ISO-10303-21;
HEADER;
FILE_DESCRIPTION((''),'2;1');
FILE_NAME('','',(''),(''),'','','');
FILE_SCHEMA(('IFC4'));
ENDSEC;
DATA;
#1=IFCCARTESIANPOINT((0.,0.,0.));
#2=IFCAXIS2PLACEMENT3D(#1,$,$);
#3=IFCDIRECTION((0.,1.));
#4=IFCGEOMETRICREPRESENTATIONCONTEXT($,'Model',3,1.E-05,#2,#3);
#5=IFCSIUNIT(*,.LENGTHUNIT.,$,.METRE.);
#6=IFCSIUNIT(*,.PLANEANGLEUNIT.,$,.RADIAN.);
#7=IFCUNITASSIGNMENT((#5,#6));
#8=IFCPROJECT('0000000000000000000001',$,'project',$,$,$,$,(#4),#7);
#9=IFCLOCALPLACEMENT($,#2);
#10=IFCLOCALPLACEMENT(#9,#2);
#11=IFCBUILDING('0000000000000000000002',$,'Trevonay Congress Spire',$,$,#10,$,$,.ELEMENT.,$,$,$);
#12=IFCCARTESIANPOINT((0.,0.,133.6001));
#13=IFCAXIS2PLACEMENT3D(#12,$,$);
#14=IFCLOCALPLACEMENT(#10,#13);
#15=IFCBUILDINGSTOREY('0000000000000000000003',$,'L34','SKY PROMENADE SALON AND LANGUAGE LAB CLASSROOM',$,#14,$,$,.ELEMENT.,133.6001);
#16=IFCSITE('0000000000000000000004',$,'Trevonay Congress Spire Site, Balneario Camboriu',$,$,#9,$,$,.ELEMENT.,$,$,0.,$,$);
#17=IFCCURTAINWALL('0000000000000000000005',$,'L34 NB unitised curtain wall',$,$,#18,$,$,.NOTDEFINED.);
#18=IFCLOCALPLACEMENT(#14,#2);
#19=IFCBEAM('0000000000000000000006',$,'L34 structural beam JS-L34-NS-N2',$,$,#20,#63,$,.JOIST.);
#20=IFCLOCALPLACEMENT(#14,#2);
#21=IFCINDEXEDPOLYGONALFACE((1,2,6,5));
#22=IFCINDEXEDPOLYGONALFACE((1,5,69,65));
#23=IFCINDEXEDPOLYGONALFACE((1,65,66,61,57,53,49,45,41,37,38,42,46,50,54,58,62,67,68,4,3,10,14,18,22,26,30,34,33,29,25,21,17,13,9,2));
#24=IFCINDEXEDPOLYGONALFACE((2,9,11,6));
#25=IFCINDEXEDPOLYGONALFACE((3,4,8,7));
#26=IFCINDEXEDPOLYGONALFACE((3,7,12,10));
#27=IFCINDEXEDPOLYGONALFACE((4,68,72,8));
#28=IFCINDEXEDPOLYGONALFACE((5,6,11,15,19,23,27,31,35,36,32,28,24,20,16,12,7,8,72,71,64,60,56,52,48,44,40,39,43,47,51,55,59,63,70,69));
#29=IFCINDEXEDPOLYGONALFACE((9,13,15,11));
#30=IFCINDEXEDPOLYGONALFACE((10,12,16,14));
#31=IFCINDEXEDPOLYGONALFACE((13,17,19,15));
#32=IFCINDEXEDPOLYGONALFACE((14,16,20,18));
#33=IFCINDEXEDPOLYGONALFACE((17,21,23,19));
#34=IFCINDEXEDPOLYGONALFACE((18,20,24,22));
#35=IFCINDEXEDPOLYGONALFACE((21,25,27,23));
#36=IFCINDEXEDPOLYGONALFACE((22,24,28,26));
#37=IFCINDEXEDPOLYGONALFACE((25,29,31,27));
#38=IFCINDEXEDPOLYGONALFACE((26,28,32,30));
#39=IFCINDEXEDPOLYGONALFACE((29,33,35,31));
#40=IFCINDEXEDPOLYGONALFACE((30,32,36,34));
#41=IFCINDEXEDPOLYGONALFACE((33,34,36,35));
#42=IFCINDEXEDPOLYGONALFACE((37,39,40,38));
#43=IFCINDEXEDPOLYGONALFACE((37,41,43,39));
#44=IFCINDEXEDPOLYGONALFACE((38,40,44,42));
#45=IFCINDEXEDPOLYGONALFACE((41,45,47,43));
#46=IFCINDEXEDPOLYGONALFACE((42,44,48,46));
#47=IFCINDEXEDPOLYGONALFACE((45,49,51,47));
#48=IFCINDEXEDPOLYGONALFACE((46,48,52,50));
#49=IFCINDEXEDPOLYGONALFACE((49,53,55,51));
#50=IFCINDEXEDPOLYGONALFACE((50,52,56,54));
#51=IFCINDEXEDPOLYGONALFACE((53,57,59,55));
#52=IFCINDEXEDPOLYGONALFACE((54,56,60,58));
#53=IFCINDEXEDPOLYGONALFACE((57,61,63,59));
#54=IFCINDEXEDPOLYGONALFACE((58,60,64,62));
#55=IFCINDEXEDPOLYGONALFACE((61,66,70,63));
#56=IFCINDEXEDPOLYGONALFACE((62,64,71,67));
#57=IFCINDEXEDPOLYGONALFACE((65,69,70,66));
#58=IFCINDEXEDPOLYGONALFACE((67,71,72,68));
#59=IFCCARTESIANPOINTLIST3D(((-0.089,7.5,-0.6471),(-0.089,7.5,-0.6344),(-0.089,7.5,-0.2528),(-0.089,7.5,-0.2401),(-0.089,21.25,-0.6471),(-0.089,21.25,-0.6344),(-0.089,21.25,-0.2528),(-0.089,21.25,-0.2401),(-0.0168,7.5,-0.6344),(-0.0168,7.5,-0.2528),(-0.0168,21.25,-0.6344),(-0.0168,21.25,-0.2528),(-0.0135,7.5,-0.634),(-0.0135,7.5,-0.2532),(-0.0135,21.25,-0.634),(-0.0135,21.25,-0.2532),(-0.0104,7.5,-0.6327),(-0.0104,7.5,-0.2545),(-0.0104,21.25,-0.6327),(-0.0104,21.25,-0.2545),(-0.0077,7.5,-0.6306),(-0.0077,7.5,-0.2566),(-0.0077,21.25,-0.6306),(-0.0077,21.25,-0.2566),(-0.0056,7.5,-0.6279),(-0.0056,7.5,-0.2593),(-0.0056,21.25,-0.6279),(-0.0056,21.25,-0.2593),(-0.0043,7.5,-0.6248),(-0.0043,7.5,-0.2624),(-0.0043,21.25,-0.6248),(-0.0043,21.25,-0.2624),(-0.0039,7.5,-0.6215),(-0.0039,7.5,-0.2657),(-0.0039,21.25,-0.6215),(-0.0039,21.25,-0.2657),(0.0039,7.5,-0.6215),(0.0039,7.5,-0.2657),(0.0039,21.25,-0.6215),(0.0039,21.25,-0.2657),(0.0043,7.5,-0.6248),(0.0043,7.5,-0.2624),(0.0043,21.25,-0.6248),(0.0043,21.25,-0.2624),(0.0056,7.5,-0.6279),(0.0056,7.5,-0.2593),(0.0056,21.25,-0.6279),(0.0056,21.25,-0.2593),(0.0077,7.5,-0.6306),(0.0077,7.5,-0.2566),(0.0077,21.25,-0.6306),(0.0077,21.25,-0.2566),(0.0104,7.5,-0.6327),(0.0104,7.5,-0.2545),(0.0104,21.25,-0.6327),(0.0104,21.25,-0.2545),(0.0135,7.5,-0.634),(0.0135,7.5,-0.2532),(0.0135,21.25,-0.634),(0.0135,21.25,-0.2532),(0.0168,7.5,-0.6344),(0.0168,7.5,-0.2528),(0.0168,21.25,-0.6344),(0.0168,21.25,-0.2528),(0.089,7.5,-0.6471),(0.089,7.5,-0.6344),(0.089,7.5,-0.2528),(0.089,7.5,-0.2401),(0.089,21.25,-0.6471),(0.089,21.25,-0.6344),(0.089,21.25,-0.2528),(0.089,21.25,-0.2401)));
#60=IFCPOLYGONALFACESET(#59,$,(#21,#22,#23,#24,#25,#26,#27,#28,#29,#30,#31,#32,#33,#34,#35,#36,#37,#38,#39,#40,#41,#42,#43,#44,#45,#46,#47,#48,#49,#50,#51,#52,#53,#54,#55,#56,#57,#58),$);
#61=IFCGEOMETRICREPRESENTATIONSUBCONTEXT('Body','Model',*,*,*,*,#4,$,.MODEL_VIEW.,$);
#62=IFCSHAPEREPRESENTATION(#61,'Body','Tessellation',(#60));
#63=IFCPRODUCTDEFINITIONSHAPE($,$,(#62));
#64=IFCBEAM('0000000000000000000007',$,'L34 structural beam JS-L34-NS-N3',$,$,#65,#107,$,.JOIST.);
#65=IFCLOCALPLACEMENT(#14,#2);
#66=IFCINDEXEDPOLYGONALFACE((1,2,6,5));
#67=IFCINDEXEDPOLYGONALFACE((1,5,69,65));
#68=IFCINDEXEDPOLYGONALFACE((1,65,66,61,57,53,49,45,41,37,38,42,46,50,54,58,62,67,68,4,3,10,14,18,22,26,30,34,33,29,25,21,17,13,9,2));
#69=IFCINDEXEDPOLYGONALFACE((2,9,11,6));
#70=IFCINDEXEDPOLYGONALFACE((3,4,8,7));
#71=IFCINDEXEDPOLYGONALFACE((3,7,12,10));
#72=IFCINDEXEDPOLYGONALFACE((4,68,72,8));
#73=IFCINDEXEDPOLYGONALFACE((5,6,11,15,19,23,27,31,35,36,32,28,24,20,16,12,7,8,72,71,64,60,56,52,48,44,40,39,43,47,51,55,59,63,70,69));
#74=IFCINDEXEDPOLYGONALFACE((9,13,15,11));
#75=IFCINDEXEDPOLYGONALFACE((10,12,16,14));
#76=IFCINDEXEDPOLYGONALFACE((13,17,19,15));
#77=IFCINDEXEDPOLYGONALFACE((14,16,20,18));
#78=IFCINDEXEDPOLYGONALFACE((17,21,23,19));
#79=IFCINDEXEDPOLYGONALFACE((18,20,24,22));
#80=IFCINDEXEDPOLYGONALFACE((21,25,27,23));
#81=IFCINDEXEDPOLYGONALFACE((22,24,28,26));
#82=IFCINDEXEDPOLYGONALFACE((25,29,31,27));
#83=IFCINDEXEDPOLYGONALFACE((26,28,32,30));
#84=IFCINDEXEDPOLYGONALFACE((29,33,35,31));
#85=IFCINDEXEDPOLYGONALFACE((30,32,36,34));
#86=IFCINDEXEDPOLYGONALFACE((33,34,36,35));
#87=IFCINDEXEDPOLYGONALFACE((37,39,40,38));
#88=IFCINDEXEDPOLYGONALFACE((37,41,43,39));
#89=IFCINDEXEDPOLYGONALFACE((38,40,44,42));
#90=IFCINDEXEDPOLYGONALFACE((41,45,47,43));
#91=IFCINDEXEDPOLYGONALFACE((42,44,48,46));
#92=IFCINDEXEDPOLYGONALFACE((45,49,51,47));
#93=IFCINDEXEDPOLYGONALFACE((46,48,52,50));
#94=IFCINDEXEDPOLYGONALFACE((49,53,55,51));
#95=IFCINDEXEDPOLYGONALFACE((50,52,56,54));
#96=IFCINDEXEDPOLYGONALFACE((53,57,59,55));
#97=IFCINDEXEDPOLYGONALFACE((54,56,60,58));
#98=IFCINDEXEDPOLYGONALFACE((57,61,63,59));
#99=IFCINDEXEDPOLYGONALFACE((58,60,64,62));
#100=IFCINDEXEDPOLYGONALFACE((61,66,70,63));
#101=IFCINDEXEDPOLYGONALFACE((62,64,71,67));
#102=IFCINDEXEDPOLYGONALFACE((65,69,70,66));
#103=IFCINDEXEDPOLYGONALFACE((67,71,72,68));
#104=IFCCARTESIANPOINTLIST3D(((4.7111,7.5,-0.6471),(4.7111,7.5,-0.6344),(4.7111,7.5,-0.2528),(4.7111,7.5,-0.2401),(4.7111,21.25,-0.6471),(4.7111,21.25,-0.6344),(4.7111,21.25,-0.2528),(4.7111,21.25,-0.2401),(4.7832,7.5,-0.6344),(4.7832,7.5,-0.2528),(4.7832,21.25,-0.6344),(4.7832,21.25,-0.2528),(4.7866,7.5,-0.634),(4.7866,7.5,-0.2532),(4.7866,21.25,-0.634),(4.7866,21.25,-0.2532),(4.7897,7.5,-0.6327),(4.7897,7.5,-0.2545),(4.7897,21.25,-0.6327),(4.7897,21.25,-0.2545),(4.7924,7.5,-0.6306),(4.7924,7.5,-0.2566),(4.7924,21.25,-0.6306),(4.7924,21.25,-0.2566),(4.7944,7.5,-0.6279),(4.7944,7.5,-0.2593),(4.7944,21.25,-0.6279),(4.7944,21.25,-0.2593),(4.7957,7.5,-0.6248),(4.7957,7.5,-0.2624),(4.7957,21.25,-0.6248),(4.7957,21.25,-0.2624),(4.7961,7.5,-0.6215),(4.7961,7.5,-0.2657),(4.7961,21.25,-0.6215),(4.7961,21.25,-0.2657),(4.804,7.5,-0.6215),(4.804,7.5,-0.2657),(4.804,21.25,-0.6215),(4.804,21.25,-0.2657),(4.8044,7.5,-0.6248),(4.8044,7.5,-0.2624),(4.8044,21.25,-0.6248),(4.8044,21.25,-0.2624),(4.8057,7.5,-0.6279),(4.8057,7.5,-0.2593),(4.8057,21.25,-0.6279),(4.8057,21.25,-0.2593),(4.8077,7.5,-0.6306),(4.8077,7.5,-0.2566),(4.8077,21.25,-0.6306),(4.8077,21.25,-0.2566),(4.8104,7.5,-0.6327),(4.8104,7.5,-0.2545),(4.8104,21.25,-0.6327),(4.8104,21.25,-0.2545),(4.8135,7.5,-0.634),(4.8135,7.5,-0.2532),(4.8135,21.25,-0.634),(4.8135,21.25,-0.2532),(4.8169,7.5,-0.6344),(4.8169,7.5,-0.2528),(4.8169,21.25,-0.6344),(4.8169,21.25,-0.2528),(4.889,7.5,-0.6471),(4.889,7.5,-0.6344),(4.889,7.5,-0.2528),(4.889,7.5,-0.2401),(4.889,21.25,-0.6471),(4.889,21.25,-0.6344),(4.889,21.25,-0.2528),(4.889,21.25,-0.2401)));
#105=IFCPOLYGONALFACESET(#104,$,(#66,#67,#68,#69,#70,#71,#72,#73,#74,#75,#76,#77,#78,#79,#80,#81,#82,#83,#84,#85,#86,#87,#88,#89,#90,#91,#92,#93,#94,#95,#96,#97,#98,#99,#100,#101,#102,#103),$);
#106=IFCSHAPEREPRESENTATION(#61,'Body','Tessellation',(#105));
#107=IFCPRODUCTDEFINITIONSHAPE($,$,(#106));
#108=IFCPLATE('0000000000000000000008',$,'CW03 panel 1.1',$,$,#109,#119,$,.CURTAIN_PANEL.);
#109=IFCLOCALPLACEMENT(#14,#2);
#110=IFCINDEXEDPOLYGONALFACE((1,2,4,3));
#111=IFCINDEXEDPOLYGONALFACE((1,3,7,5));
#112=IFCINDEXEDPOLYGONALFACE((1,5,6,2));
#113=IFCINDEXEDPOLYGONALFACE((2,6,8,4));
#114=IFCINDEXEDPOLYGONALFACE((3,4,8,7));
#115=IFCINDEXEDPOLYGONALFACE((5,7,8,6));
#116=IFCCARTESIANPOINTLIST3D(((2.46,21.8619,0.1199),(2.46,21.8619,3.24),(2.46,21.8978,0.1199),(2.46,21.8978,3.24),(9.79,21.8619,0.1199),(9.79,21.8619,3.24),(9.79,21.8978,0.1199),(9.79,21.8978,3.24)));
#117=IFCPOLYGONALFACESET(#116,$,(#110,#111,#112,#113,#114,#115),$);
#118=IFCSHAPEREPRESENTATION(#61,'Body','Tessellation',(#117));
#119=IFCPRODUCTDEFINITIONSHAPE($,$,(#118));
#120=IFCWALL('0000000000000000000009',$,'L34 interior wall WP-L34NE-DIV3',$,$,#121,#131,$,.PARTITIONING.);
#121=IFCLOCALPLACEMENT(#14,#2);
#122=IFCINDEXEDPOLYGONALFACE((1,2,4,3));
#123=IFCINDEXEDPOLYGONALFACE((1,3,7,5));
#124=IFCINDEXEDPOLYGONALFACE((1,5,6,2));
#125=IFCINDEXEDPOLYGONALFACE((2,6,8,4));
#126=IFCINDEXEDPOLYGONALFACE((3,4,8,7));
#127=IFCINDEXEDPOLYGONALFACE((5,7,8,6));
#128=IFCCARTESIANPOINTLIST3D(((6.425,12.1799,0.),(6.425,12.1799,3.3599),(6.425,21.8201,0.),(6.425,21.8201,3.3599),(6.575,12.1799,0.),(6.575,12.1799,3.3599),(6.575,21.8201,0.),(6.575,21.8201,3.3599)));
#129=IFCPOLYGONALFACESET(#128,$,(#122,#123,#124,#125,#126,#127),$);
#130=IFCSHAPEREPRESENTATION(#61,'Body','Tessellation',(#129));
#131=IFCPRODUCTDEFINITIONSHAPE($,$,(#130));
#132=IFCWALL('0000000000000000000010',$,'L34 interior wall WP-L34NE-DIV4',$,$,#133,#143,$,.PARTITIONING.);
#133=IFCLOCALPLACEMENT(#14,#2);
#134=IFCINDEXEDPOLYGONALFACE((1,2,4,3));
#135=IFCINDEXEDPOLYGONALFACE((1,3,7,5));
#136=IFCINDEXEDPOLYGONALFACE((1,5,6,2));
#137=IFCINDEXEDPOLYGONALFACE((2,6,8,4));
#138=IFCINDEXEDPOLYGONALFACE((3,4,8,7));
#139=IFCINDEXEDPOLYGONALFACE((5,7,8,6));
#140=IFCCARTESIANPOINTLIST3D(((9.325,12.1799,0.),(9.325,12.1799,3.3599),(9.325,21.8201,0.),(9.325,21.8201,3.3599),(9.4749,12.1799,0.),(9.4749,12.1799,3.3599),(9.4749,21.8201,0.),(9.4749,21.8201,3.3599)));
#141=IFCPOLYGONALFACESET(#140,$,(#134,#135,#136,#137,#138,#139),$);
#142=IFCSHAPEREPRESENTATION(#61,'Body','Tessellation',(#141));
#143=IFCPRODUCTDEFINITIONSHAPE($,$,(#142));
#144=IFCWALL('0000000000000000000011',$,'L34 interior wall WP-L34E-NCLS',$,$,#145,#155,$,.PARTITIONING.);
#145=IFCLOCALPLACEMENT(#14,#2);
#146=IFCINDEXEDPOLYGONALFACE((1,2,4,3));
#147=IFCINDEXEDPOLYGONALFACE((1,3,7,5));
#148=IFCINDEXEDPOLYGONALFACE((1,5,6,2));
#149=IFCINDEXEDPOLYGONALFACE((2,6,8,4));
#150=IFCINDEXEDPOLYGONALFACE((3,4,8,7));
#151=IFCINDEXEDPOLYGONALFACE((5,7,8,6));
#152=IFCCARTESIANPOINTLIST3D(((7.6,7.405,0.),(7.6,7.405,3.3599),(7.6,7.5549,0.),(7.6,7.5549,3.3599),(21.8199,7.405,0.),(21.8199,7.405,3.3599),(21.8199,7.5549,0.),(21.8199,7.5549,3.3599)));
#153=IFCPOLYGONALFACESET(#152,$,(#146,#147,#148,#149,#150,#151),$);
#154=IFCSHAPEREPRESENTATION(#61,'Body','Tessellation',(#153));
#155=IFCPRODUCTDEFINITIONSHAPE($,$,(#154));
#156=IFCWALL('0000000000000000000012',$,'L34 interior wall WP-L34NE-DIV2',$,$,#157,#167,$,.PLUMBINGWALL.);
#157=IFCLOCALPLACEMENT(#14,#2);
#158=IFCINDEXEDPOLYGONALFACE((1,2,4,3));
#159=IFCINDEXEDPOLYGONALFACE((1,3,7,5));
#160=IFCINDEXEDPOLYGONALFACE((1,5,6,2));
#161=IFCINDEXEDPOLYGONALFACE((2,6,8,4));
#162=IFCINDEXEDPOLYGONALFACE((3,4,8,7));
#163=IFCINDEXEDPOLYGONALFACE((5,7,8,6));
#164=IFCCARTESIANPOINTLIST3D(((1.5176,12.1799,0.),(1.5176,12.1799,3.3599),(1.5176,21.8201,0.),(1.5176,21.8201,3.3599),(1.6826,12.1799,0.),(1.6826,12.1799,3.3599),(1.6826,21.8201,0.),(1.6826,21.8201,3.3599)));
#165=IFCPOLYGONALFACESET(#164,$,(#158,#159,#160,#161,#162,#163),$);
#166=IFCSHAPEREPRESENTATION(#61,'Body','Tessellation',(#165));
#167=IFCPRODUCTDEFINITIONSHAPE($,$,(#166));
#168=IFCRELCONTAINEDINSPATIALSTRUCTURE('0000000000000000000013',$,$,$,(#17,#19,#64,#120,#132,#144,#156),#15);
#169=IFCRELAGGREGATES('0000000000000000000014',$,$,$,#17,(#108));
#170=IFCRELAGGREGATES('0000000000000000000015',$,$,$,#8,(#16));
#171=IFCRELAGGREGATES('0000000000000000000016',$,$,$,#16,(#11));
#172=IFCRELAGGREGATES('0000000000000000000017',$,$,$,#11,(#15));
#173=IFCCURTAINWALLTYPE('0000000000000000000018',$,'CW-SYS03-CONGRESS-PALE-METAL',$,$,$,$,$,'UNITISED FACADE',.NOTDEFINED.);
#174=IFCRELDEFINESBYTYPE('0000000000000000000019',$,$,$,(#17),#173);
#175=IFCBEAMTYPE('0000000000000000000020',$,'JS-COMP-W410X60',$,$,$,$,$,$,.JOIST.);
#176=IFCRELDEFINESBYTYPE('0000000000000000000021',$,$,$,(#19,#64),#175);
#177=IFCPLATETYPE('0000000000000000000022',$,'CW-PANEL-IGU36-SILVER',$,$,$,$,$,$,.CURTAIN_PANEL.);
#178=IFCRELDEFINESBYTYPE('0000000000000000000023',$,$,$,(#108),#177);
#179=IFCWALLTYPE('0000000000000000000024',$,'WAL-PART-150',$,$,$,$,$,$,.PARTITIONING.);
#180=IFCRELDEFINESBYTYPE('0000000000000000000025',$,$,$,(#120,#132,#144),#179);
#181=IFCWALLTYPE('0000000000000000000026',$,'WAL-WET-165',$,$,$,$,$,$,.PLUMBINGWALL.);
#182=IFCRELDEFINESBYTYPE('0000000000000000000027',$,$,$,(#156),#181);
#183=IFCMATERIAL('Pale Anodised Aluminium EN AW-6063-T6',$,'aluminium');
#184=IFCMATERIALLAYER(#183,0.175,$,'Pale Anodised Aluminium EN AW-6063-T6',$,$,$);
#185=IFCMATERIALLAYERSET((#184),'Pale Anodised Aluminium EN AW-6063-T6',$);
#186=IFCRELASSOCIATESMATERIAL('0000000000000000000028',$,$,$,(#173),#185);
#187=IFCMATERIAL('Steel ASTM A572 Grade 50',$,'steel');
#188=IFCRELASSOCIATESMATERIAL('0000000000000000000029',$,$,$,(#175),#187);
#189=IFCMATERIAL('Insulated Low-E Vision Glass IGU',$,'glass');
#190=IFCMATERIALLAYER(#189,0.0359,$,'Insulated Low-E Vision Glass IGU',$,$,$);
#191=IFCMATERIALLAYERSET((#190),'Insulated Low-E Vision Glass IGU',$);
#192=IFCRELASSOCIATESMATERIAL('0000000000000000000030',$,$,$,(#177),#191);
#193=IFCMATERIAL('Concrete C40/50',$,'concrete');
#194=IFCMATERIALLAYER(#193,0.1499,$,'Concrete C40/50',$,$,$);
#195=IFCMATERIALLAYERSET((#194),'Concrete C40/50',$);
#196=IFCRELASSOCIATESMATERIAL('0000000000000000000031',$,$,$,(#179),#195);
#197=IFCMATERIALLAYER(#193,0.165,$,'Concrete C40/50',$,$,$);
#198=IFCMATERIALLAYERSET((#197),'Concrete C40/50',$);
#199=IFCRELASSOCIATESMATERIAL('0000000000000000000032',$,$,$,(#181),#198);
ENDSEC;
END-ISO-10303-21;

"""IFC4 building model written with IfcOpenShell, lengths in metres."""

from ifc_helpers import new_model, si_unit, direction, frame, frame_2d, origin, origin_2d, place, context, subcontext, project, spatial, rectangle, i_section, extrude, material, layer, layer_set, material_profile, profile_set, type_object, element, aggregate, save


model = new_model("IFC4")

# Units and contexts
model_context = context("Model", 3, precision=1e-05, world=origin(), true_north=direction((0.0, 1.0)))
body_context = subcontext(model_context, "Body", "Model", "MODEL_VIEW")
ifc_project = project(units=[si_unit("LENGTHUNIT", "METRE"), si_unit("PLANEANGLEUNIT", "RADIAN")], contexts=[model_context])

# Site, building, storey
site_placement = place(None, origin())
site = spatial("IfcSite", under=ifc_project, at=site_placement, Name="Trevonay Congress Spire Site, Balneario Camboriu", CompositionType="ELEMENT", RefElevation=0.0)
building_placement = place(site_placement, origin())
building = spatial("IfcBuilding", under=site, at=building_placement, Name="Trevonay Congress Spire", CompositionType="ELEMENT")
storey_placement = place(building_placement, frame((0.0, 0.0, 133.6001)))
storey = spatial("IfcBuildingStorey", under=building, at=storey_placement, Name="L34", Description="SKY PROMENADE SALON AND LANGUAGE LAB CLASSROOM", CompositionType="ELEMENT", Elevation=133.6001)

# Shared definitions
ifc_material_1 = material(Name="Steel ASTM A572 Grade 50", Category="steel")

# Curtain wall
ifc_material_2 = material(Name="Pale Anodised Aluminium EN AW-6063-T6", Category="aluminium")
ifc_layer_1 = layer(ifc_material_2, 0.175, Name="Pale Anodised Aluminium EN AW-6063-T6")
ifc_layer_set_1 = layer_set([ifc_layer_1], Name="Pale Anodised Aluminium EN AW-6063-T6")
curtain_wall_type = type_object("IfcCurtainWallType", Name="CW-SYS03-CONGRESS-PALE-METAL", ElementType="UNITISED FACADE", PredefinedType="NOTDEFINED", material=ifc_layer_set_1)
curtain_wall_placement = place(storey_placement, origin())
curtain_wall = element("IfcCurtainWall", 1, at=curtain_wall_placement, inside=storey, type_object=curtain_wall_type, Name="L34 NB unitised curtain wall", PredefinedType="NOTDEFINED")

# Beams
ifc_material_profile_1 = material_profile(ifc_material_1, i_section(OverallWidth=0.178, OverallDepth=0.407, WebThickness=0.0078, FlangeThickness=0.0127, FilletRadius=0.0129, at=origin_2d()), Name="W410x60")
ifc_profile_set_1 = profile_set([ifc_material_profile_1], Name="Steel ASTM A572 Grade 50")
beam_type_1 = type_object("IfcBeamType", Name="JS-COMP-W410X60", PredefinedType="JOIST", material=ifc_profile_set_1)
for number, where, z_axis, x_axis, name in (
    (2, (0.0, 7.5, -0.4436), (0.0, 1.0, 0.0), (-1.0, 0.0, 0.0), "L34 structural beam JS-L34-NS-N2"),
    (3, (4.8, 7.5, -0.4436), (0.0, 1.0, 0.0), (-1.0, 0.0, 0.0), "L34 structural beam JS-L34-NS-N3"),
):
    element("IfcBeam", number, at=place(storey_placement, frame(where, z_axis=z_axis, x_axis=x_axis)), inside=storey, type_object=beam_type_1, Name=name, PredefinedType="JOIST", context=body_context, shape_type="SweptSolid", body=[
        extrude(i_section(OverallWidth=0.178, OverallDepth=0.407, WebThickness=0.0078, FlangeThickness=0.0127, FilletRadius=0.0129, at=origin_2d()), origin(), (0.0, 0.0, 1.0), 13.75),
    ])

# Plate
ifc_material_3 = material(Name="Insulated Low-E Vision Glass IGU", Category="glass")
ifc_layer_2 = layer(ifc_material_3, 0.0359, Name="Insulated Low-E Vision Glass IGU")
ifc_layer_set_2 = layer_set([ifc_layer_2], Name="Insulated Low-E Vision Glass IGU")
plate_type = type_object("IfcPlateType", Name="CW-PANEL-IGU36-SILVER", PredefinedType="CURTAIN_PANEL", material=ifc_layer_set_2)
plate_placement = place(storey_placement, frame((6.125, 21.8799, 0.1199), z_axis=(0.0, 0.0, 1.0), x_axis=(1.0, 0.0, 0.0)))
plate = element("IfcPlate", 4, at=plate_placement, type_object=plate_type, Name="CW03 panel 1.1", PredefinedType="CURTAIN_PANEL", context=body_context, shape_type="SweptSolid", body=[
    extrude(rectangle(XDim=7.3301, YDim=0.0359, at=origin_2d()), origin(), (0.0, 0.0, 1.0), 3.1201),
])
aggregate(curtain_wall, [plate])

# Walls
ifc_material_4 = material(Name="Concrete C40/50", Category="concrete")
ifc_layer_3 = layer(ifc_material_4, 0.1499, Name="Concrete C40/50")
ifc_layer_set_3 = layer_set([ifc_layer_3], Name="Concrete C40/50")
wall_type_1 = type_object("IfcWallType", Name="WAL-PART-150", PredefinedType="PARTITIONING", material=ifc_layer_set_3)
for number, where, z_axis, x_axis, name in (
    (5, (6.5, 12.1799, 0.0), (0.0, 0.0, 1.0), (0.0, 1.0, 0.0), "L34 interior wall WP-L34NE-DIV3"),
    (6, (9.3999, 12.1799, 0.0), (0.0, 0.0, 1.0), (0.0, 1.0, 0.0), "L34 interior wall WP-L34NE-DIV4"),
):
    element("IfcWall", number, at=place(storey_placement, frame(where, z_axis=z_axis, x_axis=x_axis)), inside=storey, type_object=wall_type_1, Name=name, PredefinedType="PARTITIONING", context=body_context, shape_type="SweptSolid", body=[
        extrude(rectangle(XDim=9.6401, YDim=0.1499, at=frame_2d((4.8201, 0.0))), origin(), (0.0, 0.0, 1.0), 3.3599),
    ])
wall_1_placement = place(storey_placement, frame((7.6001, 7.48, 0.0), z_axis=(0.0, 0.0, 1.0), x_axis=(1.0, 0.0, 0.0)))
element("IfcWall", 7, at=wall_1_placement, inside=storey, type_object=wall_type_1, Name="L34 interior wall WP-L34E-NCLS", PredefinedType="PARTITIONING", context=body_context, shape_type="SweptSolid", body=[
    extrude(rectangle(XDim=14.22, YDim=0.1499, at=frame_2d((7.1099, 0.0))), origin(), (0.0, 0.0, 1.0), 3.3599),
])
ifc_layer_4 = layer(ifc_material_4, 0.165, Name="Concrete C40/50")
ifc_layer_set_4 = layer_set([ifc_layer_4], Name="Concrete C40/50")
wall_type_2 = type_object("IfcWallType", Name="WAL-WET-165", PredefinedType="PLUMBINGWALL", material=ifc_layer_set_4)
wall_2_placement = place(storey_placement, frame((1.6001, 12.1799, 0.0), z_axis=(0.0, 0.0, 1.0), x_axis=(0.0, 1.0, 0.0)))
element("IfcWall", 8, at=wall_2_placement, inside=storey, type_object=wall_type_2, Name="L34 interior wall WP-L34NE-DIV2", PredefinedType="PLUMBINGWALL", context=body_context, shape_type="SweptSolid", body=[
    extrude(rectangle(XDim=9.6401, YDim=0.165, at=frame_2d((4.8201, 0.0))), origin(), (0.0, 0.0, 1.0), 3.3599),
])

save(model, "model.ifc")
